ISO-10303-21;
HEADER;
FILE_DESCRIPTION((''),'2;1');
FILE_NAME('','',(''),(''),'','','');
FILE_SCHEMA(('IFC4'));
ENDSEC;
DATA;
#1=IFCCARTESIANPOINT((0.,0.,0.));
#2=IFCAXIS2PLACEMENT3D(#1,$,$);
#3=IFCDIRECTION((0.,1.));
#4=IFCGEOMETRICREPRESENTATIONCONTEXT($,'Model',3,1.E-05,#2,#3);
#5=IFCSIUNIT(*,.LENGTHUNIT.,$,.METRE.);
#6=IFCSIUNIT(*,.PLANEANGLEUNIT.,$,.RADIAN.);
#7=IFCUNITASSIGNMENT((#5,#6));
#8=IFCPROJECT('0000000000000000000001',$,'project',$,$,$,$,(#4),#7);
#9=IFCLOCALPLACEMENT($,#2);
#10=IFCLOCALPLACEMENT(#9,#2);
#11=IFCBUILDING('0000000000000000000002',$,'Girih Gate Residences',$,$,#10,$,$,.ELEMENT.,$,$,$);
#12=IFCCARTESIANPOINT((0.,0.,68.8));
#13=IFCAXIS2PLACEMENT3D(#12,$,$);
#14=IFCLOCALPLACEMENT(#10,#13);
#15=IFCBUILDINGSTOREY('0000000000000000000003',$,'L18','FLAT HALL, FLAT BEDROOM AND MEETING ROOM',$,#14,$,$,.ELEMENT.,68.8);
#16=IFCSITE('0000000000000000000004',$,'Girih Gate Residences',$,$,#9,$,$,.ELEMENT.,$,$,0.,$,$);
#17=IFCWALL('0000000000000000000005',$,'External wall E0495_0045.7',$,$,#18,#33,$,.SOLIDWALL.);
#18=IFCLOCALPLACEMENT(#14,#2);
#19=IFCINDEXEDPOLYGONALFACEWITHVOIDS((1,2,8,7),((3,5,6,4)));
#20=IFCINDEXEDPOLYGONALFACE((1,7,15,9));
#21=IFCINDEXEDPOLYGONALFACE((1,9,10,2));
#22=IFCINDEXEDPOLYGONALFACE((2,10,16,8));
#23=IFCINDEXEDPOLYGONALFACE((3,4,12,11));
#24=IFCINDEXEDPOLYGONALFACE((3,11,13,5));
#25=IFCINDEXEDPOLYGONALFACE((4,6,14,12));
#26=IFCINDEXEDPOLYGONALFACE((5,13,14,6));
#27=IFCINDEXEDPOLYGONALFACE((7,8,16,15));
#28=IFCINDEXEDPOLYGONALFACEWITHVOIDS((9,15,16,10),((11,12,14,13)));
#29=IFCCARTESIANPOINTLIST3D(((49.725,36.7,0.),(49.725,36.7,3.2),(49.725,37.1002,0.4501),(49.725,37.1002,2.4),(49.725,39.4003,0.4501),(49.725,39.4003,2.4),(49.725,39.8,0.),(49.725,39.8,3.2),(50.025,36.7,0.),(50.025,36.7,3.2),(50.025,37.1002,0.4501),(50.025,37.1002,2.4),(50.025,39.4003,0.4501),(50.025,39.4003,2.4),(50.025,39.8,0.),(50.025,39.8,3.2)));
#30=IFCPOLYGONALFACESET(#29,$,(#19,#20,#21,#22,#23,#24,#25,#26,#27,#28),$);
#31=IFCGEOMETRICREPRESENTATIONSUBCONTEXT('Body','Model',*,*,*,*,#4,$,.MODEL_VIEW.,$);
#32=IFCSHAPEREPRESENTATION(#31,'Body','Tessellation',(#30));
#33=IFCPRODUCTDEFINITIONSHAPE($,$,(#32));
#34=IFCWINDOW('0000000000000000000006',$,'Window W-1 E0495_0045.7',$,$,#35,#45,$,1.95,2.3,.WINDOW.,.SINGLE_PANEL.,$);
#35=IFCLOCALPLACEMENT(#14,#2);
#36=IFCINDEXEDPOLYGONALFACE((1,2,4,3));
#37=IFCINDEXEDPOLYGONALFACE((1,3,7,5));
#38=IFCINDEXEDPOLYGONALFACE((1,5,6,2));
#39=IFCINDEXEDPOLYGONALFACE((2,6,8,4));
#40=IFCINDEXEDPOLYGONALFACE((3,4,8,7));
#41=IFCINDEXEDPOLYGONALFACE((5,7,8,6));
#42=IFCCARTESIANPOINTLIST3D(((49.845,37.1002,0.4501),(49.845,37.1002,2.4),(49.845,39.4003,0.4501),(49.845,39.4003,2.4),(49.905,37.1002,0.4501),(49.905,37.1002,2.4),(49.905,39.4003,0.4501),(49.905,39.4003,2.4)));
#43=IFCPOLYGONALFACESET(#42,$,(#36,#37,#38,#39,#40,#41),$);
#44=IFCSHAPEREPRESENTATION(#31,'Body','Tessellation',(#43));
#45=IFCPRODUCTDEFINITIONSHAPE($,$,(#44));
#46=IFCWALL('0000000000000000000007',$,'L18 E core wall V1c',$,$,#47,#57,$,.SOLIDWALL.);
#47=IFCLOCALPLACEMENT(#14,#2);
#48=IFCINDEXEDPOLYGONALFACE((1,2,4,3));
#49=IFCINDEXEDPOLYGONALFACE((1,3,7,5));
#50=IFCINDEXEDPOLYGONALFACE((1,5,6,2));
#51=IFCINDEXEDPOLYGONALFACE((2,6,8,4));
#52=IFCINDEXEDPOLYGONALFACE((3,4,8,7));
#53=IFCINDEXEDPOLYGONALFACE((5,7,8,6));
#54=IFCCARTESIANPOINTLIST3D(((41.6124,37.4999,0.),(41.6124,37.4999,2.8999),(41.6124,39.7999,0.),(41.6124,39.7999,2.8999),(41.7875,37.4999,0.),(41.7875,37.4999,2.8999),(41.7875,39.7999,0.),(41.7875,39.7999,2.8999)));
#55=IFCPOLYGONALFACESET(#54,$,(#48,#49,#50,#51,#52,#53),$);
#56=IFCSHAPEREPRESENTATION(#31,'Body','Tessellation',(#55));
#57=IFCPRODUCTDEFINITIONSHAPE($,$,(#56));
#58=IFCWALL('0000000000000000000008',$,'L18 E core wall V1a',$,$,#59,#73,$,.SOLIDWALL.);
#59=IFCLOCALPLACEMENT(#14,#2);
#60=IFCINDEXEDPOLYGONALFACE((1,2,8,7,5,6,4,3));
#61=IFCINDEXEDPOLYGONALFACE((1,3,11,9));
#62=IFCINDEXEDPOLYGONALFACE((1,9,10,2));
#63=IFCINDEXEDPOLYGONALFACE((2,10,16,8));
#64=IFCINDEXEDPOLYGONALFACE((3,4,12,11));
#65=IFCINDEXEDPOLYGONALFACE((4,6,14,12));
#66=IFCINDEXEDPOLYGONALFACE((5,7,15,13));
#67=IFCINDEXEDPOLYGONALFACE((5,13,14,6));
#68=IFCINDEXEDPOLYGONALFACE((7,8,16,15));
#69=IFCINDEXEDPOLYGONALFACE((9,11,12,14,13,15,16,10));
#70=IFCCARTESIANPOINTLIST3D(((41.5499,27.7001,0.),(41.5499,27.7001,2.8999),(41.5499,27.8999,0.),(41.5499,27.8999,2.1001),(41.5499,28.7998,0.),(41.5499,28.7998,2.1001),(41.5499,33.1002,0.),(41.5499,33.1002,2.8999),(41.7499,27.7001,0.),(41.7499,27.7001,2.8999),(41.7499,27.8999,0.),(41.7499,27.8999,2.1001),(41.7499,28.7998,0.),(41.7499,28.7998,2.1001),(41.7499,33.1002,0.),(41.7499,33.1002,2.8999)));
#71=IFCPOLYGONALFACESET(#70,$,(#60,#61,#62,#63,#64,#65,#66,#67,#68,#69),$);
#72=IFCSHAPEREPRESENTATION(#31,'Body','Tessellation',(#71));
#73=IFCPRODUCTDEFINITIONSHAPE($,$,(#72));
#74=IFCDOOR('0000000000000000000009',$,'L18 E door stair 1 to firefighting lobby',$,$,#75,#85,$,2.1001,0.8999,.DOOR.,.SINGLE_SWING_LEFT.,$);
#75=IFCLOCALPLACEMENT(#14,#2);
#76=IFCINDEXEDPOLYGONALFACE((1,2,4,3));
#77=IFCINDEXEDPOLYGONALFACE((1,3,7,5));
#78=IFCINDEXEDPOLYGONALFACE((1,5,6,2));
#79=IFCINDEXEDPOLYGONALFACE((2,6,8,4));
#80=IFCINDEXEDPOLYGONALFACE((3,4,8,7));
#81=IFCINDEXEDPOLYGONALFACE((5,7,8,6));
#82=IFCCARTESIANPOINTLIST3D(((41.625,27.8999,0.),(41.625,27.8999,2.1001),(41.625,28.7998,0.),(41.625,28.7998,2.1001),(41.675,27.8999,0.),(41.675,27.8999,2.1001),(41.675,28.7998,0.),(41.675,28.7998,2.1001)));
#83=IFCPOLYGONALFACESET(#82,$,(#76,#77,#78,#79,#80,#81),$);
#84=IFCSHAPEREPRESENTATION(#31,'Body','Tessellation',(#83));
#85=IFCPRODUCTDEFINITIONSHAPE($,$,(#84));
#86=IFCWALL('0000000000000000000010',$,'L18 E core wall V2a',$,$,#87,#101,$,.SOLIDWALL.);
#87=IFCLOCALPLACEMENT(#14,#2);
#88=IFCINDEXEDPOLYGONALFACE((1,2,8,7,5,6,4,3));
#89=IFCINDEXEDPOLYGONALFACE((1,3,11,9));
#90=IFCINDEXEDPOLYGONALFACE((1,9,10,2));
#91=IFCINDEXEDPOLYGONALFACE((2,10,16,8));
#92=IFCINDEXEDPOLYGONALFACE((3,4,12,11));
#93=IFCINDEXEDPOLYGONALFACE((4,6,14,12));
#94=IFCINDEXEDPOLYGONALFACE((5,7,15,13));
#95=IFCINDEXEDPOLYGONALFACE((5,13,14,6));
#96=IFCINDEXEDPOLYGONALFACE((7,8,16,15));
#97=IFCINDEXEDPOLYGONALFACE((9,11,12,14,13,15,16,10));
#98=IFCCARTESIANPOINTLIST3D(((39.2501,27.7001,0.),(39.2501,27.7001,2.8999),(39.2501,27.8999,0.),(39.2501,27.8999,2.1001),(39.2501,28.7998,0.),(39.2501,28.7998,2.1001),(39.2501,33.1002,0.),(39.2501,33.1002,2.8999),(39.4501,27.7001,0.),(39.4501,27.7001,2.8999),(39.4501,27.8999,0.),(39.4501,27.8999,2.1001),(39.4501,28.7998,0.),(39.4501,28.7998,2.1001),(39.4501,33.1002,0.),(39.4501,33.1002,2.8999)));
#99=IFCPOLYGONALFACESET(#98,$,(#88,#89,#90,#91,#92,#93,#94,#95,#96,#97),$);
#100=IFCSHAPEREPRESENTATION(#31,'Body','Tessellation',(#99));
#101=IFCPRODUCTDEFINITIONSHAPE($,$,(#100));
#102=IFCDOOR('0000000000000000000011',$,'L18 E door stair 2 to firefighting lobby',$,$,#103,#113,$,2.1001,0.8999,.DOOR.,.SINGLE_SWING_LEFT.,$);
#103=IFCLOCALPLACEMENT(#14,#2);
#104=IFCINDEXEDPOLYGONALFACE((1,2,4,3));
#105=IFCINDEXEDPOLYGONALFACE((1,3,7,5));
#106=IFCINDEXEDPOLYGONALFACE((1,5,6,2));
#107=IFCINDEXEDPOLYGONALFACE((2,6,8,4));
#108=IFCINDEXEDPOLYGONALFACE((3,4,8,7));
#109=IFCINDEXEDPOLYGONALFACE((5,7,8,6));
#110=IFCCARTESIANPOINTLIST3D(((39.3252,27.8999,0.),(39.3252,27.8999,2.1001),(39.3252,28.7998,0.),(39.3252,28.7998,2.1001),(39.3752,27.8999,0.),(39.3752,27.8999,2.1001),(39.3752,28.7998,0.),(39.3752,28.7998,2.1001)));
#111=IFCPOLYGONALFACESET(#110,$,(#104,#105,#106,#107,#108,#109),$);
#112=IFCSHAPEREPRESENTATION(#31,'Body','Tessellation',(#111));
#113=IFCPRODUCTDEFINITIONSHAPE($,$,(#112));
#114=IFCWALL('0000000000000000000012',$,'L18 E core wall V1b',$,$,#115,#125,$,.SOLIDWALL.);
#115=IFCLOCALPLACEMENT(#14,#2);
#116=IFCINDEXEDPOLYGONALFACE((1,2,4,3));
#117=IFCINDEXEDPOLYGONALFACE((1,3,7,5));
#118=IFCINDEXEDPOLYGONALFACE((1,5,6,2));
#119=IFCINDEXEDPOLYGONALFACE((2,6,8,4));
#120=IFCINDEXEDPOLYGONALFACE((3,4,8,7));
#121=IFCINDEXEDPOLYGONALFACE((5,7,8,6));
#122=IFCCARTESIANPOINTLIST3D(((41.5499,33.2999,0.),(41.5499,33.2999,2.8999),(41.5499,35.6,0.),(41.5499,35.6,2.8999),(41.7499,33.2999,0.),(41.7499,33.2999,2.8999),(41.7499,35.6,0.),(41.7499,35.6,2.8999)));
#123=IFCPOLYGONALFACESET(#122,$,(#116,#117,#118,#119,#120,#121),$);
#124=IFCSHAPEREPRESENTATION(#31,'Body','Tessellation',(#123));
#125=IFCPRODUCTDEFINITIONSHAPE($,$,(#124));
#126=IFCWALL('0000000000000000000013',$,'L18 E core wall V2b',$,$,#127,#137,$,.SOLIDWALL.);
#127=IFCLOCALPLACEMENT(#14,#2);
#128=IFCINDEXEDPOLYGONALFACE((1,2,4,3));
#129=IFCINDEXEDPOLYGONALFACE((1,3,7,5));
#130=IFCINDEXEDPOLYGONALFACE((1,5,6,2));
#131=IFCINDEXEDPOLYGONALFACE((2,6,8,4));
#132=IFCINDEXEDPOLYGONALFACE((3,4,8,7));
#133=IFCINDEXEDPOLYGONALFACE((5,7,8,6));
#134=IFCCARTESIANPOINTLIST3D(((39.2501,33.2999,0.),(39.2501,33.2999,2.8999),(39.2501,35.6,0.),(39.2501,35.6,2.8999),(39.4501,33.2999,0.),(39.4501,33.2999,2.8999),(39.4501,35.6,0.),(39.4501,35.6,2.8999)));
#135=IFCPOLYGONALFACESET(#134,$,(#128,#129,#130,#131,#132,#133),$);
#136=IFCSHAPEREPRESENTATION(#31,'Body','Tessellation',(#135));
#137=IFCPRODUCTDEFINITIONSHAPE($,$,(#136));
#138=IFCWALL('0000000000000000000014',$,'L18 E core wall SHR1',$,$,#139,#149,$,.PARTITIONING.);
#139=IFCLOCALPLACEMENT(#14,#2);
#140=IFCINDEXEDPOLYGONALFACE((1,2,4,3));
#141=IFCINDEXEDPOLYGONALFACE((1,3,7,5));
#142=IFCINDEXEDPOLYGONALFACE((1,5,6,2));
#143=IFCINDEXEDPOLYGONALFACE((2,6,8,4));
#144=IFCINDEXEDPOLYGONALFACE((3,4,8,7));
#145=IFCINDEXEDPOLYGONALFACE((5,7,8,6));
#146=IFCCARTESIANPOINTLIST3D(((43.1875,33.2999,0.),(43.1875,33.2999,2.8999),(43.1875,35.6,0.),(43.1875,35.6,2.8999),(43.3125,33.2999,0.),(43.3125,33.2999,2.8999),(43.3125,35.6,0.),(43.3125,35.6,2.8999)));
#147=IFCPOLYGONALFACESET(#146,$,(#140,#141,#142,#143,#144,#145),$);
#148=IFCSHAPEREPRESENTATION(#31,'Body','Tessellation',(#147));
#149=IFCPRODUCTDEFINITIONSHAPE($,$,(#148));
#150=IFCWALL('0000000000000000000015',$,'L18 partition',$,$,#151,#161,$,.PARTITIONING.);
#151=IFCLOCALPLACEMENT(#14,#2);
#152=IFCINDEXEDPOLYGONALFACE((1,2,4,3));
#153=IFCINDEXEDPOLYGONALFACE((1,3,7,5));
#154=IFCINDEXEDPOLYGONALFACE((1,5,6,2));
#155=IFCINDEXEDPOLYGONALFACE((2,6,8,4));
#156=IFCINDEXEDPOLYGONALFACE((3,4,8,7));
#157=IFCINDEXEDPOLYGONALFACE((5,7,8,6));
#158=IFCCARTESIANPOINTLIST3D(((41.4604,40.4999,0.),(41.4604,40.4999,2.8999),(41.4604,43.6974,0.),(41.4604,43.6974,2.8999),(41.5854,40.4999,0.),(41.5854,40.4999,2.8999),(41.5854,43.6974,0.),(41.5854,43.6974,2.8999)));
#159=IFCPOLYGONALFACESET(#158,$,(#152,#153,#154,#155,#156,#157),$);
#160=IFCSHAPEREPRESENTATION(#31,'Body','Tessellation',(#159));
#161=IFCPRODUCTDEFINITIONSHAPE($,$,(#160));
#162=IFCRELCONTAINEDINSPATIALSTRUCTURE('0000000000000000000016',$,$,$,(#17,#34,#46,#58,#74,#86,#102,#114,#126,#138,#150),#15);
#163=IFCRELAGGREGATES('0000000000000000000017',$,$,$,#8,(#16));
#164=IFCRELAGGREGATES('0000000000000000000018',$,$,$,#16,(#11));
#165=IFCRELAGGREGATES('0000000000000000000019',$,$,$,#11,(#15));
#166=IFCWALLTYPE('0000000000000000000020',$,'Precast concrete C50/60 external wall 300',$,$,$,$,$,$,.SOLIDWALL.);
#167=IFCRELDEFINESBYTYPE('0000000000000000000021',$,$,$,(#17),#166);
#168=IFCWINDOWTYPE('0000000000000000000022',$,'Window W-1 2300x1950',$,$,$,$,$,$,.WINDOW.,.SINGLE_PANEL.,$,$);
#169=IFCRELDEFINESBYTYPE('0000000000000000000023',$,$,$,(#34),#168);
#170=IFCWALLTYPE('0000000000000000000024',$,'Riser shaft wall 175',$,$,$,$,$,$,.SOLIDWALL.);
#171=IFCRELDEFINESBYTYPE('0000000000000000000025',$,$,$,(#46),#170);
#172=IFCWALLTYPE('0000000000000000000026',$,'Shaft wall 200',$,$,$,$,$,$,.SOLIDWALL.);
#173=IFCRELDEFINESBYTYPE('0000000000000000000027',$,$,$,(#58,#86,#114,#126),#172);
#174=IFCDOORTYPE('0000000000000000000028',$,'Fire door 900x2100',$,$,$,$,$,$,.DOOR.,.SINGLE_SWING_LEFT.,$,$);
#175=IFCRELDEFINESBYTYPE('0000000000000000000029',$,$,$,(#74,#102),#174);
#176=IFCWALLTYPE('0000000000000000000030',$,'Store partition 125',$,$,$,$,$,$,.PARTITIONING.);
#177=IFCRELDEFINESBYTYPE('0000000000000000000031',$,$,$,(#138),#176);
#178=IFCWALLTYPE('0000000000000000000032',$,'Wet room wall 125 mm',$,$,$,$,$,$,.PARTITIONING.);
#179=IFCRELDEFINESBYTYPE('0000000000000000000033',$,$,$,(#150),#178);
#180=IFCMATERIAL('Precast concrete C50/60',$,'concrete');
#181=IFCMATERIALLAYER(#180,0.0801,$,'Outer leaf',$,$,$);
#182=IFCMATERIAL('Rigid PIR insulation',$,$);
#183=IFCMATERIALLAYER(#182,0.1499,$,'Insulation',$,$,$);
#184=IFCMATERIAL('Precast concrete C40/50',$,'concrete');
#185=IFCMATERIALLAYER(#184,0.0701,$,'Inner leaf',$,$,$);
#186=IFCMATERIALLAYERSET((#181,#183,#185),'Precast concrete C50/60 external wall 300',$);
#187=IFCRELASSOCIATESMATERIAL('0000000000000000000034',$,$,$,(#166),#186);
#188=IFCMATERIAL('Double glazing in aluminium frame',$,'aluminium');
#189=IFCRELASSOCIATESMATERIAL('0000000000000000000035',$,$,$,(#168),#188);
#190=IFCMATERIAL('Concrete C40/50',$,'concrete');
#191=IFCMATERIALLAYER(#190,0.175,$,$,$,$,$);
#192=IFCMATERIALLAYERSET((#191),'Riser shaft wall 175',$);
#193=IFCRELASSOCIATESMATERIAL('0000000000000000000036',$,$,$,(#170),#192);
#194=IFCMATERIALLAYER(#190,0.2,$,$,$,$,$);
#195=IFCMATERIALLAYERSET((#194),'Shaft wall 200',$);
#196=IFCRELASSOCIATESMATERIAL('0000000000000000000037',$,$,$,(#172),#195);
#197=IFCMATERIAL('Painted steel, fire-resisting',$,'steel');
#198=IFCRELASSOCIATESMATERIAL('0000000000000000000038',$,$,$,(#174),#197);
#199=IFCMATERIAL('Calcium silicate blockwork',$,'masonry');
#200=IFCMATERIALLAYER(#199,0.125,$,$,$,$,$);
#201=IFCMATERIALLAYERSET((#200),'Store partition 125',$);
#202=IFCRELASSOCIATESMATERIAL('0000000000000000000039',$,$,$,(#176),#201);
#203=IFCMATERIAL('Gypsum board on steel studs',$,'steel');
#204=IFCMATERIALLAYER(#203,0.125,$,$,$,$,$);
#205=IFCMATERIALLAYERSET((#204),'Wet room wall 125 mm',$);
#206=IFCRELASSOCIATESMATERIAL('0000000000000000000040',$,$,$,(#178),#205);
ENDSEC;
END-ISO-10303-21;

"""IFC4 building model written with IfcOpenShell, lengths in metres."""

from ifc_helpers import new_model, si_unit, direction, frame, frame_2d, origin, place, context, subcontext, project, spatial, rectangle, extrude, material, layer, layer_set, type_object, element, fill, save


model = new_model("IFC4")

# Units and contexts
model_context = context("Model", 3, precision=1e-05, world=origin(), true_north=direction((0.0, 1.0)))
body_context = subcontext(model_context, "Body", "Model", "MODEL_VIEW")
ifc_project = project(units=[si_unit("LENGTHUNIT", "METRE"), si_unit("PLANEANGLEUNIT", "RADIAN")], contexts=[model_context])

# Site, building, storey
site_placement = place(None, origin())
site = spatial("IfcSite", under=ifc_project, at=site_placement, Name="Girih Gate Residences", CompositionType="ELEMENT", RefElevation=0.0)
building_placement = place(site_placement, origin())
building = spatial("IfcBuilding", under=site, at=building_placement, Name="Girih Gate Residences", CompositionType="ELEMENT")
storey_placement = place(building_placement, frame((0.0, 0.0, 68.8)))
storey = spatial("IfcBuildingStorey", under=building, at=storey_placement, Name="L18", Description="FLAT HALL, FLAT BEDROOM AND MEETING ROOM", CompositionType="ELEMENT", Elevation=68.8)

# Shared definitions
ifc_material_1 = material(Name="Gypsum board on steel studs", Category="steel")

# Wall, opening, window
ifc_material_2 = material(Name="Precast concrete C50/60", Category="concrete")
ifc_layer_1 = layer(ifc_material_2, 0.0801, Name="Outer leaf")
ifc_material_3 = material(Name="Rigid PIR insulation")
ifc_layer_2 = layer(ifc_material_3, 0.1499, Name="Insulation")
ifc_material_4 = material(Name="Precast concrete C40/50", Category="concrete")
ifc_layer_3 = layer(ifc_material_4, 0.0701, Name="Inner leaf")
ifc_layer_set_1 = layer_set([ifc_layer_1, ifc_layer_2, ifc_layer_3], Name="Precast concrete C50/60 external wall 300")
wall_type_1 = type_object("IfcWallType", Name="Precast concrete C50/60 external wall 300", PredefinedType="SOLIDWALL", material=ifc_layer_set_1)
ifc_material_5 = material(Name="Double glazing in aluminium frame", Category="aluminium")
window_type = type_object("IfcWindowType", Name="Window W-1 2300x1950", PartitioningType="SINGLE_PANEL", PredefinedType="WINDOW", material=ifc_material_5)
wall_1_placement = place(storey_placement, frame((49.875, 39.8, 0.0), z_axis=(0.0, 0.0, 1.0), x_axis=(0.0, -1.0, 0.0)))
wall_1 = element("IfcWall", 1, at=wall_1_placement, inside=storey, type_object=wall_type_1, Name="External wall E0495_0045.7", PredefinedType="SOLIDWALL", context=body_context, shape_type="SweptSolid", body=[
    extrude(rectangle(XDim=3.1001, YDim=0.3, at=frame_2d((1.55, 0.0))), origin(), (0.0, 0.0, 1.0), 3.2),
])
opening_1_placement = place(wall_1_placement, frame((0.3999, 0.0, 0.45)))
opening_1 = element("IfcOpeningElement", 2, at=opening_1_placement, cuts=wall_1, PredefinedType="OPENING", context=body_context, shape_type="SweptSolid", body=[
    extrude(rectangle(XDim=2.3, YDim=1.95, at=frame_2d((1.1499, 0.9751))), frame((0.0, 0.1599, 0.0), z_axis=(0.0, -1.0, 0.0), x_axis=(1.0, 0.0, 0.0)), (0.0, 0.0, 1.0), 0.3201),
])
window_1_placement = place(opening_1_placement, origin())
window_1 = element("IfcWindow", 3, at=window_1_placement, inside=storey, type_object=window_type, Name="Window W-1 E0495_0045.7", OverallHeight=1.95, OverallWidth=2.3, PartitioningType="SINGLE_PANEL", PredefinedType="WINDOW", context=body_context, shape_type="SweptSolid", body=[
    extrude(rectangle(XDim=2.3, YDim=1.95, at=frame_2d((1.1499, 0.9751))), frame((0.0, 0.03, 0.0), z_axis=(0.0, -1.0, 0.0), x_axis=(1.0, 0.0, 0.0)), (0.0, 0.0, 1.0), 0.0601),
])
fill(opening_1, window_1)

# Wall
ifc_material_6 = material(Name="Concrete C40/50", Category="concrete")
ifc_layer_4 = layer(ifc_material_6, 0.175)
ifc_layer_set_2 = layer_set([ifc_layer_4], Name="Riser shaft wall 175")
wall_type_2 = type_object("IfcWallType", Name="Riser shaft wall 175", PredefinedType="SOLIDWALL", material=ifc_layer_set_2)
wall_2_placement = place(storey_placement, frame((41.7, 37.5, 0.0), z_axis=(0.0, 0.0, 1.0), x_axis=(0.0, 1.0, 0.0)))
element("IfcWall", 4, at=wall_2_placement, inside=storey, type_object=wall_type_2, Name="L18 E core wall V1c", PredefinedType="SOLIDWALL", context=body_context, shape_type="SweptSolid", body=[
    extrude(rectangle(XDim=2.3, YDim=0.175, at=frame_2d((1.1499, 0.0))), origin(), (0.0, 0.0, 1.0), 2.8999),
])

# Walls, openings, doors
ifc_layer_5 = layer(ifc_material_6, 0.2)
ifc_layer_set_3 = layer_set([ifc_layer_5], Name="Shaft wall 200")
wall_type_3 = type_object("IfcWallType", Name="Shaft wall 200", PredefinedType="SOLIDWALL", material=ifc_layer_set_3)
wall_3_placement = place(storey_placement, frame((41.6499, 27.7, 0.0), z_axis=(0.0, 0.0, 1.0), x_axis=(0.0, 1.0, 0.0)))
wall_3 = element("IfcWall", 5, at=wall_3_placement, inside=storey, type_object=wall_type_3, Name="L18 E core wall V1a", PredefinedType="SOLIDWALL", context=body_context, shape_type="SweptSolid", body=[
    extrude(rectangle(XDim=5.4001, YDim=0.2, at=frame_2d((2.7002, 0.0))), origin(), (0.0, 0.0, 1.0), 2.8999),
])
opening_2_placement = place(wall_3_placement, frame((0.2, 0.0, 0.0)))
opening_2 = element("IfcOpeningElement", 6, at=opening_2_placement, cuts=wall_3, PredefinedType="OPENING", context=body_context, shape_type="SweptSolid", body=[
    extrude(rectangle(XDim=0.8999, YDim=2.1001, at=frame_2d((0.45, 1.05))), frame((0.0, 0.1099, 0.0), z_axis=(0.0, -1.0, 0.0), x_axis=(1.0, 0.0, 0.0)), (0.0, 0.0, 1.0), 0.22),
])
ifc_material_7 = material(Name="Painted steel, fire-resisting", Category="steel")
door_type = type_object("IfcDoorType", Name="Fire door 900x2100", OperationType="SINGLE_SWING_LEFT", PredefinedType="DOOR", material=ifc_material_7)
door_1_placement = place(opening_2_placement, origin())
door_1 = element("IfcDoor", 7, at=door_1_placement, inside=storey, type_object=door_type, Name="L18 E door stair 1 to firefighting lobby", OperationType="SINGLE_SWING_LEFT", OverallHeight=2.1001, OverallWidth=0.8999, PredefinedType="DOOR", context=body_context, shape_type="SweptSolid", body=[
    extrude(rectangle(XDim=0.8999, YDim=2.1001, at=frame_2d((0.45, 1.05))), frame((0.0, 0.0249, 0.0), z_axis=(0.0, -1.0, 0.0), x_axis=(1.0, 0.0, 0.0)), (0.0, 0.0, 1.0), 0.05),
])
fill(opening_2, door_1)
wall_4_placement = place(storey_placement, frame((39.3501, 27.7, 0.0), z_axis=(0.0, 0.0, 1.0), x_axis=(0.0, 1.0, 0.0)))
wall_4 = element("IfcWall", 8, at=wall_4_placement, inside=storey, type_object=wall_type_3, Name="L18 E core wall V2a", PredefinedType="SOLIDWALL", context=body_context, shape_type="SweptSolid", body=[
    extrude(rectangle(XDim=5.4001, YDim=0.2, at=frame_2d((2.7002, 0.0))), origin(), (0.0, 0.0, 1.0), 2.8999),
])
opening_3_placement = place(wall_4_placement, frame((0.2, 0.0, 0.0)))
opening_3 = element("IfcOpeningElement", 9, at=opening_3_placement, cuts=wall_4, PredefinedType="OPENING", context=body_context, shape_type="SweptSolid", body=[
    extrude(rectangle(XDim=0.8999, YDim=2.1001, at=frame_2d((0.45, 1.05))), frame((0.0, 0.1099, 0.0), z_axis=(0.0, -1.0, 0.0), x_axis=(1.0, 0.0, 0.0)), (0.0, 0.0, 1.0), 0.22),
])
door_2_placement = place(opening_3_placement, origin())
door_2 = element("IfcDoor", 10, at=door_2_placement, inside=storey, type_object=door_type, Name="L18 E door stair 2 to firefighting lobby", OperationType="SINGLE_SWING_LEFT", OverallHeight=2.1001, OverallWidth=0.8999, PredefinedType="DOOR", context=body_context, shape_type="SweptSolid", body=[
    extrude(rectangle(XDim=0.8999, YDim=2.1001, at=frame_2d((0.45, 1.05))), frame((0.0, 0.0249, 0.0), z_axis=(0.0, -1.0, 0.0), x_axis=(1.0, 0.0, 0.0)), (0.0, 0.0, 1.0), 0.05),
])
fill(opening_3, door_2)

# Walls
for number, where, z_axis, x_axis, name in (
    (11, (41.6499, 33.3, 0.0), (0.0, 0.0, 1.0), (0.0, 1.0, 0.0), "L18 E core wall V1b"),
    (12, (39.3501, 33.3, 0.0), (0.0, 0.0, 1.0), (0.0, 1.0, 0.0), "L18 E core wall V2b"),
):
    element("IfcWall", number, at=place(storey_placement, frame(where, z_axis=z_axis, x_axis=x_axis)), inside=storey, type_object=wall_type_3, Name=name, PredefinedType="SOLIDWALL", context=body_context, shape_type="SweptSolid", body=[
        extrude(rectangle(XDim=2.3, YDim=0.2, at=frame_2d((1.1499, 0.0))), origin(), (0.0, 0.0, 1.0), 2.8999),
    ])
ifc_material_8 = material(Name="Calcium silicate blockwork", Category="masonry")
ifc_layer_6 = layer(ifc_material_8, 0.125)
ifc_layer_set_4 = layer_set([ifc_layer_6], Name="Store partition 125")
wall_type_4 = type_object("IfcWallType", Name="Store partition 125", PredefinedType="PARTITIONING", material=ifc_layer_set_4)
wall_5_placement = place(storey_placement, frame((43.25, 33.3, 0.0), z_axis=(0.0, 0.0, 1.0), x_axis=(0.0, 1.0, 0.0)))
element("IfcWall", 13, at=wall_5_placement, inside=storey, type_object=wall_type_4, Name="L18 E core wall SHR1", PredefinedType="PARTITIONING", context=body_context, shape_type="SweptSolid", body=[
    extrude(rectangle(XDim=2.3, YDim=0.125, at=frame_2d((1.1499, 0.0))), origin(), (0.0, 0.0, 1.0), 2.8999),
])
ifc_layer_7 = layer(ifc_material_1, 0.125)
ifc_layer_set_5 = layer_set([ifc_layer_7], Name="Wet room wall 125 mm")
wall_type_5 = type_object("IfcWallType", Name="Wet room wall 125 mm", PredefinedType="PARTITIONING", material=ifc_layer_set_5)
wall_6_placement = place(storey_placement, frame((41.5229, 40.5, 0.0), z_axis=(0.0, 0.0, 1.0), x_axis=(0.0, 1.0, 0.0)))
element("IfcWall", 14, at=wall_6_placement, inside=storey, type_object=wall_type_5, Name="L18 partition", PredefinedType="PARTITIONING", context=body_context, shape_type="SweptSolid", body=[
    extrude(rectangle(XDim=3.1975, YDim=0.125, at=frame_2d((1.5986, 0.0))), origin(), (0.0, 0.0, 1.0), 2.8999),
])

save(model, "model.ifc")
